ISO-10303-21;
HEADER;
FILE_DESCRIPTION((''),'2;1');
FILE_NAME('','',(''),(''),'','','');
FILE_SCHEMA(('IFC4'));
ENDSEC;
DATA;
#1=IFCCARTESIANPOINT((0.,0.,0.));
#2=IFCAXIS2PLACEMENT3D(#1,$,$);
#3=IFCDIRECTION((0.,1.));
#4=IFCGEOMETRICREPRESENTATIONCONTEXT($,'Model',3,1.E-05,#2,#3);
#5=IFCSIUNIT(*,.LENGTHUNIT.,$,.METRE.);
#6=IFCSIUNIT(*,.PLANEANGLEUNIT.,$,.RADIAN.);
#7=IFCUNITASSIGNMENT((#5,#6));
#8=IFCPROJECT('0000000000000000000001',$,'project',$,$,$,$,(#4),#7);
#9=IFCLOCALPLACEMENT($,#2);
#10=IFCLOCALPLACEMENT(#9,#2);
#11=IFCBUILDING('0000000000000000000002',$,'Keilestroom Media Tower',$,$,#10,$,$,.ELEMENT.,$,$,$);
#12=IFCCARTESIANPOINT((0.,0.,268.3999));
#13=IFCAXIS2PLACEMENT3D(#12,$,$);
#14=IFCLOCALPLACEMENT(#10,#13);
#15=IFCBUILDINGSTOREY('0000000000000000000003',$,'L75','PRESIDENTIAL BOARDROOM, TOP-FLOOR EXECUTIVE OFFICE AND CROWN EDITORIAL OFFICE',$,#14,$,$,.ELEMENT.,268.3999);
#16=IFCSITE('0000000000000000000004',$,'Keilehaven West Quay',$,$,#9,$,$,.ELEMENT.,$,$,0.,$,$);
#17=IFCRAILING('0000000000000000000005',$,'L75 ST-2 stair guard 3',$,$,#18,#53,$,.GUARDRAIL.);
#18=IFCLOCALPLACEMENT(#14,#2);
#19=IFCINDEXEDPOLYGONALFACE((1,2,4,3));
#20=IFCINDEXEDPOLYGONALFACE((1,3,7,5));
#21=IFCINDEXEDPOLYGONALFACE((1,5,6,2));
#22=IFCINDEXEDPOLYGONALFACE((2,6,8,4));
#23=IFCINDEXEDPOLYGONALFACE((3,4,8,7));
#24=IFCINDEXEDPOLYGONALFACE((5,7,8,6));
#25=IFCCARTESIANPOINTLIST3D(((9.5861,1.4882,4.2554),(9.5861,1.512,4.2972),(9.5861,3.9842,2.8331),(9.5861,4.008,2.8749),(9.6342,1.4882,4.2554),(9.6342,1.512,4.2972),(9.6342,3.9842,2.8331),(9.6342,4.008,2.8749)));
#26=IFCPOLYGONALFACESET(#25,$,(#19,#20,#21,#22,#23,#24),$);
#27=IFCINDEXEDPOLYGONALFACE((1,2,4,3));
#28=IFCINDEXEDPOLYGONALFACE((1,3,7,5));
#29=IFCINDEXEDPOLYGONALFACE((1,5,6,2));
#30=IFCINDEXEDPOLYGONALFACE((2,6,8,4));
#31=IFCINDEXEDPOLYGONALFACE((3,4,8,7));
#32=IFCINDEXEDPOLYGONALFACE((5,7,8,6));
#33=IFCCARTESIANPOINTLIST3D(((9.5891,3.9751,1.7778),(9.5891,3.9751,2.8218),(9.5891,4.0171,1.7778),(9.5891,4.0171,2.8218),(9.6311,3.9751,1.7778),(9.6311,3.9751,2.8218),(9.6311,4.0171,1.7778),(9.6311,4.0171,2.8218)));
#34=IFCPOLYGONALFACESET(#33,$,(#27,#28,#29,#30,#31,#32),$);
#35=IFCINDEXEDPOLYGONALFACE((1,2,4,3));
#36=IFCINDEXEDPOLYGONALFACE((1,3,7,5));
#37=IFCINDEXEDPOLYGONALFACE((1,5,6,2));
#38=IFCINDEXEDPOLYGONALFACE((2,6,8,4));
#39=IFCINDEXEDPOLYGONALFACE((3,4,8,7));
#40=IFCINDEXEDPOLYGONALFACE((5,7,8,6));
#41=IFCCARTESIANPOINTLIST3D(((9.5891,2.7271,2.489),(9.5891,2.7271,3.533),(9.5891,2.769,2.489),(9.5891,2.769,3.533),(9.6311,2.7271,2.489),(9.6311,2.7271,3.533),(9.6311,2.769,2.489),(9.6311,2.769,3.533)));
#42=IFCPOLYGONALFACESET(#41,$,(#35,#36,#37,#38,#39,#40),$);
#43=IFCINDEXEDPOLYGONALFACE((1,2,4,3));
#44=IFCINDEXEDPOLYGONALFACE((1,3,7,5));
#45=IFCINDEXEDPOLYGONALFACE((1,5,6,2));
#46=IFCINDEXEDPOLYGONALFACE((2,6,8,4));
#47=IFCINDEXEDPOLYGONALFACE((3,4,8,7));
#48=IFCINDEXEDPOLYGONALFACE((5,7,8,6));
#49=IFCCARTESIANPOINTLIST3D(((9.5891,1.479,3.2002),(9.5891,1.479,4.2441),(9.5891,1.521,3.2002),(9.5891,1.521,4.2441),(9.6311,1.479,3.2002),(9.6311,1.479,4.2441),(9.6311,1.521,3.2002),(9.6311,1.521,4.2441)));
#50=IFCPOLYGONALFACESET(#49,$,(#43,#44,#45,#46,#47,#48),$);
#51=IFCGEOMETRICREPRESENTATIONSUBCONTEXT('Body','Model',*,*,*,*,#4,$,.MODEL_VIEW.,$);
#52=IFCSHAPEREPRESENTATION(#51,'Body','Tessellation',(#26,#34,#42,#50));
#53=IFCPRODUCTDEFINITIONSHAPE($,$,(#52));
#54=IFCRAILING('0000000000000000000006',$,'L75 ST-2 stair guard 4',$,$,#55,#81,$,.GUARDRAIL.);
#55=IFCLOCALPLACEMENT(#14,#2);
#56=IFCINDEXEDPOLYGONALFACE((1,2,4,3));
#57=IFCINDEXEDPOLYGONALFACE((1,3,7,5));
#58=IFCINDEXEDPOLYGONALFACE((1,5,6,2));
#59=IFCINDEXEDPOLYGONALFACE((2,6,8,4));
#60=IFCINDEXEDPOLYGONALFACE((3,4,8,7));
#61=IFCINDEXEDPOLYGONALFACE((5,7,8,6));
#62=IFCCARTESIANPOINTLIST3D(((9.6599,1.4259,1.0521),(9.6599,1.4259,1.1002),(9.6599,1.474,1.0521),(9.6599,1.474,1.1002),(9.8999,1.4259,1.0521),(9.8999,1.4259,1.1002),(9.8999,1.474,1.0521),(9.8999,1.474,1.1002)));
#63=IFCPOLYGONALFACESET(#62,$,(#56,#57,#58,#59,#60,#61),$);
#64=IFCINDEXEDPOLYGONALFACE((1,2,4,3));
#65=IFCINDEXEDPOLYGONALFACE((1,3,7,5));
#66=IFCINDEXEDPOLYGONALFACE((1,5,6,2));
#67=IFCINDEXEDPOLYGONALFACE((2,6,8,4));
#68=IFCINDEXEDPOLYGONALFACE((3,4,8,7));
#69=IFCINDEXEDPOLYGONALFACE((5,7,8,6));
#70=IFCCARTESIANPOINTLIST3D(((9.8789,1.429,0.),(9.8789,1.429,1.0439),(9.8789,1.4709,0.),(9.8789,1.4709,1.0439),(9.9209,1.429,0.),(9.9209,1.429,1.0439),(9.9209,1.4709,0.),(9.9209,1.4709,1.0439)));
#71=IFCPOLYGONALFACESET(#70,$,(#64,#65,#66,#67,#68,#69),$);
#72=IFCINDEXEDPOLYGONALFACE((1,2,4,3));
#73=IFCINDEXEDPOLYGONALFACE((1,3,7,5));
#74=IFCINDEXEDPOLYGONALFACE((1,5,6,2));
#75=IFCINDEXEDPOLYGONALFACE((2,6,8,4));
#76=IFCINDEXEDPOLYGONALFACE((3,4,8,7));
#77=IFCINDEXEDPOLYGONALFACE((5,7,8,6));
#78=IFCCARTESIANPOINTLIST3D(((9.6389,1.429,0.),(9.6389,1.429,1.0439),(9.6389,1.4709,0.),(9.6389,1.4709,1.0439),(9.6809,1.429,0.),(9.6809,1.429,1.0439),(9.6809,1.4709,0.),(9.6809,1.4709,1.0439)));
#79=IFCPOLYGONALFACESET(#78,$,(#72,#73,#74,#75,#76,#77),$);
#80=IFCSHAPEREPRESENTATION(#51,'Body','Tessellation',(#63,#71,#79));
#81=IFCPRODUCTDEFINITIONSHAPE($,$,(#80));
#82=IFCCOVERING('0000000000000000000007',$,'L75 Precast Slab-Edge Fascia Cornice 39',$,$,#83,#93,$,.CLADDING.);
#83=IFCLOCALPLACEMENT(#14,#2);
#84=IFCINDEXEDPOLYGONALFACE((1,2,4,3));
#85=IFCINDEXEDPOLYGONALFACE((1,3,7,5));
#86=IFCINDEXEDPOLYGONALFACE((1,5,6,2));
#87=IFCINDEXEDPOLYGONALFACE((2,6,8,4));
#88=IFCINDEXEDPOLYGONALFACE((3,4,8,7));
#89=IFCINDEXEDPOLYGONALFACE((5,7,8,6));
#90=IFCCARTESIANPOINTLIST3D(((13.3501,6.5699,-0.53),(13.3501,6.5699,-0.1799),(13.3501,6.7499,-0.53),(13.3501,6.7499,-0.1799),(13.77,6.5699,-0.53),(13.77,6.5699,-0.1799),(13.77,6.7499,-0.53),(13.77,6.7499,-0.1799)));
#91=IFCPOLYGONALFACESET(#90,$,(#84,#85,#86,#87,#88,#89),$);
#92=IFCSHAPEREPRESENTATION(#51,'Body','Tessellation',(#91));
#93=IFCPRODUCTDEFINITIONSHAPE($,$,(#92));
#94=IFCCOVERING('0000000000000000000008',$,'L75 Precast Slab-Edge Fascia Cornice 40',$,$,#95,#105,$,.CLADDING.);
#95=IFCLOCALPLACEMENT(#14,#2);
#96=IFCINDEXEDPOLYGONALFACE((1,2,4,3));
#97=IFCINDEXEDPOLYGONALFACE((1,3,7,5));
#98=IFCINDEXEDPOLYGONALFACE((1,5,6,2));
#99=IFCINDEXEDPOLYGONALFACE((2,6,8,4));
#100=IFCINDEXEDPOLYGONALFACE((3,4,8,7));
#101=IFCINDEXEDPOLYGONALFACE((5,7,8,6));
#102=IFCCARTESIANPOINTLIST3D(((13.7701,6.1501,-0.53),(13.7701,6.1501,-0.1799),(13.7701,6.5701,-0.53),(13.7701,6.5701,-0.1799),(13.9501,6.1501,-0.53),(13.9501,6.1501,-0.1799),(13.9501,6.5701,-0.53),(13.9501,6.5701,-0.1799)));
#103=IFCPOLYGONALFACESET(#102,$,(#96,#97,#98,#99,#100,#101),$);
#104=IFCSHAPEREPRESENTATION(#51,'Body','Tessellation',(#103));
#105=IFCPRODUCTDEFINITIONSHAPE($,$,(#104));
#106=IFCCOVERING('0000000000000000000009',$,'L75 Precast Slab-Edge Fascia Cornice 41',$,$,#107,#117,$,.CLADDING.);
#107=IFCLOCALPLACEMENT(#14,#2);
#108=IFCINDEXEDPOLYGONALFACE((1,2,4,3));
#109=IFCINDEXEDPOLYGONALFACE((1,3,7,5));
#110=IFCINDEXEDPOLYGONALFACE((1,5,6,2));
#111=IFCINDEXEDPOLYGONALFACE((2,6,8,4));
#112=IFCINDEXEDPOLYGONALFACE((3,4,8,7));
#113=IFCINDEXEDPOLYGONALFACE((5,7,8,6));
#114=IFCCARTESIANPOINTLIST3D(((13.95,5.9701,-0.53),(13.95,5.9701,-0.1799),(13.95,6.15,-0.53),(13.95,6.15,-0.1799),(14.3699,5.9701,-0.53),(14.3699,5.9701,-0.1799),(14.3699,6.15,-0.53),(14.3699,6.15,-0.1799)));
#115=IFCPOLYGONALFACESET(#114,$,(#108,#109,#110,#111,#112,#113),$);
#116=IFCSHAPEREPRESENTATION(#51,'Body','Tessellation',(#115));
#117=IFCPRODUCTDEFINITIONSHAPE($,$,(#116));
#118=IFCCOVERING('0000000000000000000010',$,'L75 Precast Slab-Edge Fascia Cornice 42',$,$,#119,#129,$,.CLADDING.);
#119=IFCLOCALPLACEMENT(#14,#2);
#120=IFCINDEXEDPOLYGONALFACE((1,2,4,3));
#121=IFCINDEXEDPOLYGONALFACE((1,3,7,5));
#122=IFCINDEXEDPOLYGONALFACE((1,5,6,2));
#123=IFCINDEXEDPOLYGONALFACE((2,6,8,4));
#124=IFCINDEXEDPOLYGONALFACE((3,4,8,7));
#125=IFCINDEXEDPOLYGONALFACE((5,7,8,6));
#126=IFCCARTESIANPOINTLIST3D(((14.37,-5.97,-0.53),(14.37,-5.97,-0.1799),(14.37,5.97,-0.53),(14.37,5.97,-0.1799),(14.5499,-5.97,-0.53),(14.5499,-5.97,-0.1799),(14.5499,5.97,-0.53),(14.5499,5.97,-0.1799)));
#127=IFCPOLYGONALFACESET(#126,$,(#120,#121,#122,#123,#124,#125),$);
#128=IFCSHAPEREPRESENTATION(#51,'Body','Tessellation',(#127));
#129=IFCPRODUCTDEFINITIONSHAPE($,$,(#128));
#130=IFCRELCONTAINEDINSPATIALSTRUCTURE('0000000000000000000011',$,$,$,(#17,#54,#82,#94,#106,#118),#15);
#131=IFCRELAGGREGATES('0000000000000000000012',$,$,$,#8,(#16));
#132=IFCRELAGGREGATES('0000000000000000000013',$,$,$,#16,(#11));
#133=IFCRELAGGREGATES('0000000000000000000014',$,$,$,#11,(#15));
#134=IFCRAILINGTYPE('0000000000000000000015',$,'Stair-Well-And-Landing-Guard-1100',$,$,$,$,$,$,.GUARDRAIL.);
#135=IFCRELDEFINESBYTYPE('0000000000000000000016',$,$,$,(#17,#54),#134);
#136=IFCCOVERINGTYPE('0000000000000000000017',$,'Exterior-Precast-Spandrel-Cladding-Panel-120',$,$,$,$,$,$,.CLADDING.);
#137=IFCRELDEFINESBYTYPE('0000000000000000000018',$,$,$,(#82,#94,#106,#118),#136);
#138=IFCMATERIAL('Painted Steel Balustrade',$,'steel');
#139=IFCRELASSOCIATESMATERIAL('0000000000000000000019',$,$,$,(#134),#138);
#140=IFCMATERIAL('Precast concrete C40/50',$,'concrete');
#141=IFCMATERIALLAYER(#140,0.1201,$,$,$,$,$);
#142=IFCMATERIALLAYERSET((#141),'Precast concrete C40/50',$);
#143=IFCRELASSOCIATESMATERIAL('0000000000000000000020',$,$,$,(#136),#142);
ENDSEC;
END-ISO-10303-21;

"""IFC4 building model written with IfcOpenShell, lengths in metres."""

from ifc_helpers import new_model, si_unit, direction, frame, origin, origin_2d, place, context, subcontext, project, spatial, rectangle, extrude, source, transform, mapped, material, layer, layer_set, type_object, element, save


model = new_model("IFC4")

# Units and contexts
model_context = context("Model", 3, precision=1e-05, world=origin(), true_north=direction((0.0, 1.0)))
body_context = subcontext(model_context, "Body", "Model", "MODEL_VIEW")
ifc_project = project(units=[si_unit("LENGTHUNIT", "METRE"), si_unit("PLANEANGLEUNIT", "RADIAN")], contexts=[model_context])

# Site, building, storey
site_placement = place(None, origin())
site = spatial("IfcSite", under=ifc_project, at=site_placement, Name="Keilehaven West Quay", CompositionType="ELEMENT", RefElevation=0.0)
building_placement = place(site_placement, origin())
building = spatial("IfcBuilding", under=site, at=building_placement, Name="Keilestroom Media Tower", CompositionType="ELEMENT")
storey_placement = place(building_placement, frame((0.0, 0.0, 268.3999)))
storey = spatial("IfcBuildingStorey", under=building, at=storey_placement, Name="L75", Description="PRESIDENTIAL BOARDROOM, TOP-FLOOR EXECUTIVE OFFICE AND CROWN EDITORIAL OFFICE", CompositionType="ELEMENT", Elevation=268.3999)

# Shared definitions
ifc_material_1 = material(Name="Precast concrete C40/50", Category="concrete")

# Railings
ifc_material_2 = material(Name="Painted Steel Balustrade", Category="steel")
railing_type_1 = type_object("IfcRailingType", Name="Stair-Well-And-Landing-Guard-1100", PredefinedType="GUARDRAIL", material=ifc_material_2)
railing_1_placement = place(storey_placement, frame((9.6101, 3.9961, 1.7778)))
element("IfcRailing", 1, at=railing_1_placement, inside=storey, type_object=railing_type_1, Name="L75 ST-2 stair guard 3", PredefinedType="GUARDRAIL", context=body_context, shape_type="SweptSolid", body=[
    extrude(rectangle(XDim=0.0481, YDim=0.0481, at=origin_2d()), frame((0.0, 0.0, 1.0762), z_axis=(0.0, -0.868839, 0.495095), x_axis=(1.0, 0.0, 0.0)), (0.0, 0.0, 1.0), 2.8728),
    extrude(rectangle(XDim=0.042, YDim=0.042, at=origin_2d()), origin(), (0.0, 0.0, 1.0), 1.0439),
    extrude(rectangle(XDim=0.042, YDim=0.042, at=origin_2d()), frame((0.0, -1.248, 0.7112)), (0.0, 0.0, 1.0), 1.0439),
    extrude(rectangle(XDim=0.042, YDim=0.042, at=origin_2d()), frame((0.0, -2.4961, 1.4224)), (0.0, 0.0, 1.0), 1.0439),
])
railing_2_placement = place(storey_placement, frame((9.8999, 1.45, 0.0)))
element("IfcRailing", 2, at=railing_2_placement, inside=storey, type_object=railing_type_1, Name="L75 ST-2 stair guard 4", PredefinedType="GUARDRAIL", context=body_context, shape_type="SweptSolid", body=[
    extrude(rectangle(XDim=0.0481, YDim=0.0481, at=origin_2d()), frame((0.0, 0.0, 1.0762), z_axis=(-1.0, 0.0, 0.0), x_axis=(0.0, -1.0, 0.0)), (0.0, 0.0, 1.0), 0.24),
    extrude(rectangle(XDim=0.042, YDim=0.042, at=origin_2d()), origin(), (0.0, 0.0, 1.0), 1.0439),
    extrude(rectangle(XDim=0.042, YDim=0.042, at=origin_2d()), frame((-0.24, 0.0, 0.0)), (0.0, 0.0, 1.0), 1.0439),
])

# Coverings
ifc_layer_1 = layer(ifc_material_1, 0.1201)
ifc_layer_set_1 = layer_set([ifc_layer_1], Name="Precast concrete C40/50")
covering_type = type_object("IfcCoveringType", Name="Exterior-Precast-Spandrel-Cladding-Panel-120", PredefinedType="CLADDING", material=ifc_layer_set_1)
shared_shape_1 = source(origin(), body_context, "Body", "SweptSolid", [
    extrude(rectangle(XDim=0.4199, YDim=0.1799, at=origin_2d()), origin(), (0.0, 0.0, 1.0), 0.3501),
])
for number, where, z_axis, x_axis, name in (
    (3, (13.5601, 6.6599, -0.53), (0.0, 0.0, 1.0), (1.0, 0.0, 0.0), "L75 Precast Slab-Edge Fascia Cornice 39"),
    (4, (13.8601, 6.3601, -0.53), (0.0, 0.0, 1.0), (0.0, -1.0, 0.0), "L75 Precast Slab-Edge Fascia Cornice 40"),
    (5, (14.1599, 6.0601, -0.53), (0.0, 0.0, 1.0), (1.0, 0.0, 0.0), "L75 Precast Slab-Edge Fascia Cornice 41"),
):
    element("IfcCovering", number, at=place(storey_placement, frame(where, z_axis=z_axis, x_axis=x_axis)), inside=storey, type_object=covering_type, Name=name, PredefinedType="CLADDING", context=body_context, shape_type="MappedRepresentation", body=[
        mapped(shared_shape_1, transform((0.0, 0.0, 0.0), x_axis=(1.0, 0.0, 0.0), y_axis=(0.0, 1.0, 0.0), z_axis=(0.0, 0.0, 1.0), scale=1.0)),
    ])
shared_shape_2 = source(origin(), body_context, "Body", "SweptSolid", [
    extrude(rectangle(XDim=11.9399, YDim=0.1799, at=origin_2d()), origin(), (0.0, 0.0, 1.0), 0.3501),
])
covering_placement = place(storey_placement, frame((14.46, 0.0, -0.53), z_axis=(0.0, 0.0, 1.0), x_axis=(0.0, -1.0, 0.0)))
element("IfcCovering", 6, at=covering_placement, inside=storey, type_object=covering_type, Name="L75 Precast Slab-Edge Fascia Cornice 42", PredefinedType="CLADDING", context=body_context, shape_type="MappedRepresentation", body=[
    mapped(shared_shape_2, transform((0.0, 0.0, 0.0), x_axis=(1.0, 0.0, 0.0), y_axis=(0.0, 1.0, 0.0), z_axis=(0.0, 0.0, 1.0), scale=1.0)),
])

save(model, "model.ifc")
